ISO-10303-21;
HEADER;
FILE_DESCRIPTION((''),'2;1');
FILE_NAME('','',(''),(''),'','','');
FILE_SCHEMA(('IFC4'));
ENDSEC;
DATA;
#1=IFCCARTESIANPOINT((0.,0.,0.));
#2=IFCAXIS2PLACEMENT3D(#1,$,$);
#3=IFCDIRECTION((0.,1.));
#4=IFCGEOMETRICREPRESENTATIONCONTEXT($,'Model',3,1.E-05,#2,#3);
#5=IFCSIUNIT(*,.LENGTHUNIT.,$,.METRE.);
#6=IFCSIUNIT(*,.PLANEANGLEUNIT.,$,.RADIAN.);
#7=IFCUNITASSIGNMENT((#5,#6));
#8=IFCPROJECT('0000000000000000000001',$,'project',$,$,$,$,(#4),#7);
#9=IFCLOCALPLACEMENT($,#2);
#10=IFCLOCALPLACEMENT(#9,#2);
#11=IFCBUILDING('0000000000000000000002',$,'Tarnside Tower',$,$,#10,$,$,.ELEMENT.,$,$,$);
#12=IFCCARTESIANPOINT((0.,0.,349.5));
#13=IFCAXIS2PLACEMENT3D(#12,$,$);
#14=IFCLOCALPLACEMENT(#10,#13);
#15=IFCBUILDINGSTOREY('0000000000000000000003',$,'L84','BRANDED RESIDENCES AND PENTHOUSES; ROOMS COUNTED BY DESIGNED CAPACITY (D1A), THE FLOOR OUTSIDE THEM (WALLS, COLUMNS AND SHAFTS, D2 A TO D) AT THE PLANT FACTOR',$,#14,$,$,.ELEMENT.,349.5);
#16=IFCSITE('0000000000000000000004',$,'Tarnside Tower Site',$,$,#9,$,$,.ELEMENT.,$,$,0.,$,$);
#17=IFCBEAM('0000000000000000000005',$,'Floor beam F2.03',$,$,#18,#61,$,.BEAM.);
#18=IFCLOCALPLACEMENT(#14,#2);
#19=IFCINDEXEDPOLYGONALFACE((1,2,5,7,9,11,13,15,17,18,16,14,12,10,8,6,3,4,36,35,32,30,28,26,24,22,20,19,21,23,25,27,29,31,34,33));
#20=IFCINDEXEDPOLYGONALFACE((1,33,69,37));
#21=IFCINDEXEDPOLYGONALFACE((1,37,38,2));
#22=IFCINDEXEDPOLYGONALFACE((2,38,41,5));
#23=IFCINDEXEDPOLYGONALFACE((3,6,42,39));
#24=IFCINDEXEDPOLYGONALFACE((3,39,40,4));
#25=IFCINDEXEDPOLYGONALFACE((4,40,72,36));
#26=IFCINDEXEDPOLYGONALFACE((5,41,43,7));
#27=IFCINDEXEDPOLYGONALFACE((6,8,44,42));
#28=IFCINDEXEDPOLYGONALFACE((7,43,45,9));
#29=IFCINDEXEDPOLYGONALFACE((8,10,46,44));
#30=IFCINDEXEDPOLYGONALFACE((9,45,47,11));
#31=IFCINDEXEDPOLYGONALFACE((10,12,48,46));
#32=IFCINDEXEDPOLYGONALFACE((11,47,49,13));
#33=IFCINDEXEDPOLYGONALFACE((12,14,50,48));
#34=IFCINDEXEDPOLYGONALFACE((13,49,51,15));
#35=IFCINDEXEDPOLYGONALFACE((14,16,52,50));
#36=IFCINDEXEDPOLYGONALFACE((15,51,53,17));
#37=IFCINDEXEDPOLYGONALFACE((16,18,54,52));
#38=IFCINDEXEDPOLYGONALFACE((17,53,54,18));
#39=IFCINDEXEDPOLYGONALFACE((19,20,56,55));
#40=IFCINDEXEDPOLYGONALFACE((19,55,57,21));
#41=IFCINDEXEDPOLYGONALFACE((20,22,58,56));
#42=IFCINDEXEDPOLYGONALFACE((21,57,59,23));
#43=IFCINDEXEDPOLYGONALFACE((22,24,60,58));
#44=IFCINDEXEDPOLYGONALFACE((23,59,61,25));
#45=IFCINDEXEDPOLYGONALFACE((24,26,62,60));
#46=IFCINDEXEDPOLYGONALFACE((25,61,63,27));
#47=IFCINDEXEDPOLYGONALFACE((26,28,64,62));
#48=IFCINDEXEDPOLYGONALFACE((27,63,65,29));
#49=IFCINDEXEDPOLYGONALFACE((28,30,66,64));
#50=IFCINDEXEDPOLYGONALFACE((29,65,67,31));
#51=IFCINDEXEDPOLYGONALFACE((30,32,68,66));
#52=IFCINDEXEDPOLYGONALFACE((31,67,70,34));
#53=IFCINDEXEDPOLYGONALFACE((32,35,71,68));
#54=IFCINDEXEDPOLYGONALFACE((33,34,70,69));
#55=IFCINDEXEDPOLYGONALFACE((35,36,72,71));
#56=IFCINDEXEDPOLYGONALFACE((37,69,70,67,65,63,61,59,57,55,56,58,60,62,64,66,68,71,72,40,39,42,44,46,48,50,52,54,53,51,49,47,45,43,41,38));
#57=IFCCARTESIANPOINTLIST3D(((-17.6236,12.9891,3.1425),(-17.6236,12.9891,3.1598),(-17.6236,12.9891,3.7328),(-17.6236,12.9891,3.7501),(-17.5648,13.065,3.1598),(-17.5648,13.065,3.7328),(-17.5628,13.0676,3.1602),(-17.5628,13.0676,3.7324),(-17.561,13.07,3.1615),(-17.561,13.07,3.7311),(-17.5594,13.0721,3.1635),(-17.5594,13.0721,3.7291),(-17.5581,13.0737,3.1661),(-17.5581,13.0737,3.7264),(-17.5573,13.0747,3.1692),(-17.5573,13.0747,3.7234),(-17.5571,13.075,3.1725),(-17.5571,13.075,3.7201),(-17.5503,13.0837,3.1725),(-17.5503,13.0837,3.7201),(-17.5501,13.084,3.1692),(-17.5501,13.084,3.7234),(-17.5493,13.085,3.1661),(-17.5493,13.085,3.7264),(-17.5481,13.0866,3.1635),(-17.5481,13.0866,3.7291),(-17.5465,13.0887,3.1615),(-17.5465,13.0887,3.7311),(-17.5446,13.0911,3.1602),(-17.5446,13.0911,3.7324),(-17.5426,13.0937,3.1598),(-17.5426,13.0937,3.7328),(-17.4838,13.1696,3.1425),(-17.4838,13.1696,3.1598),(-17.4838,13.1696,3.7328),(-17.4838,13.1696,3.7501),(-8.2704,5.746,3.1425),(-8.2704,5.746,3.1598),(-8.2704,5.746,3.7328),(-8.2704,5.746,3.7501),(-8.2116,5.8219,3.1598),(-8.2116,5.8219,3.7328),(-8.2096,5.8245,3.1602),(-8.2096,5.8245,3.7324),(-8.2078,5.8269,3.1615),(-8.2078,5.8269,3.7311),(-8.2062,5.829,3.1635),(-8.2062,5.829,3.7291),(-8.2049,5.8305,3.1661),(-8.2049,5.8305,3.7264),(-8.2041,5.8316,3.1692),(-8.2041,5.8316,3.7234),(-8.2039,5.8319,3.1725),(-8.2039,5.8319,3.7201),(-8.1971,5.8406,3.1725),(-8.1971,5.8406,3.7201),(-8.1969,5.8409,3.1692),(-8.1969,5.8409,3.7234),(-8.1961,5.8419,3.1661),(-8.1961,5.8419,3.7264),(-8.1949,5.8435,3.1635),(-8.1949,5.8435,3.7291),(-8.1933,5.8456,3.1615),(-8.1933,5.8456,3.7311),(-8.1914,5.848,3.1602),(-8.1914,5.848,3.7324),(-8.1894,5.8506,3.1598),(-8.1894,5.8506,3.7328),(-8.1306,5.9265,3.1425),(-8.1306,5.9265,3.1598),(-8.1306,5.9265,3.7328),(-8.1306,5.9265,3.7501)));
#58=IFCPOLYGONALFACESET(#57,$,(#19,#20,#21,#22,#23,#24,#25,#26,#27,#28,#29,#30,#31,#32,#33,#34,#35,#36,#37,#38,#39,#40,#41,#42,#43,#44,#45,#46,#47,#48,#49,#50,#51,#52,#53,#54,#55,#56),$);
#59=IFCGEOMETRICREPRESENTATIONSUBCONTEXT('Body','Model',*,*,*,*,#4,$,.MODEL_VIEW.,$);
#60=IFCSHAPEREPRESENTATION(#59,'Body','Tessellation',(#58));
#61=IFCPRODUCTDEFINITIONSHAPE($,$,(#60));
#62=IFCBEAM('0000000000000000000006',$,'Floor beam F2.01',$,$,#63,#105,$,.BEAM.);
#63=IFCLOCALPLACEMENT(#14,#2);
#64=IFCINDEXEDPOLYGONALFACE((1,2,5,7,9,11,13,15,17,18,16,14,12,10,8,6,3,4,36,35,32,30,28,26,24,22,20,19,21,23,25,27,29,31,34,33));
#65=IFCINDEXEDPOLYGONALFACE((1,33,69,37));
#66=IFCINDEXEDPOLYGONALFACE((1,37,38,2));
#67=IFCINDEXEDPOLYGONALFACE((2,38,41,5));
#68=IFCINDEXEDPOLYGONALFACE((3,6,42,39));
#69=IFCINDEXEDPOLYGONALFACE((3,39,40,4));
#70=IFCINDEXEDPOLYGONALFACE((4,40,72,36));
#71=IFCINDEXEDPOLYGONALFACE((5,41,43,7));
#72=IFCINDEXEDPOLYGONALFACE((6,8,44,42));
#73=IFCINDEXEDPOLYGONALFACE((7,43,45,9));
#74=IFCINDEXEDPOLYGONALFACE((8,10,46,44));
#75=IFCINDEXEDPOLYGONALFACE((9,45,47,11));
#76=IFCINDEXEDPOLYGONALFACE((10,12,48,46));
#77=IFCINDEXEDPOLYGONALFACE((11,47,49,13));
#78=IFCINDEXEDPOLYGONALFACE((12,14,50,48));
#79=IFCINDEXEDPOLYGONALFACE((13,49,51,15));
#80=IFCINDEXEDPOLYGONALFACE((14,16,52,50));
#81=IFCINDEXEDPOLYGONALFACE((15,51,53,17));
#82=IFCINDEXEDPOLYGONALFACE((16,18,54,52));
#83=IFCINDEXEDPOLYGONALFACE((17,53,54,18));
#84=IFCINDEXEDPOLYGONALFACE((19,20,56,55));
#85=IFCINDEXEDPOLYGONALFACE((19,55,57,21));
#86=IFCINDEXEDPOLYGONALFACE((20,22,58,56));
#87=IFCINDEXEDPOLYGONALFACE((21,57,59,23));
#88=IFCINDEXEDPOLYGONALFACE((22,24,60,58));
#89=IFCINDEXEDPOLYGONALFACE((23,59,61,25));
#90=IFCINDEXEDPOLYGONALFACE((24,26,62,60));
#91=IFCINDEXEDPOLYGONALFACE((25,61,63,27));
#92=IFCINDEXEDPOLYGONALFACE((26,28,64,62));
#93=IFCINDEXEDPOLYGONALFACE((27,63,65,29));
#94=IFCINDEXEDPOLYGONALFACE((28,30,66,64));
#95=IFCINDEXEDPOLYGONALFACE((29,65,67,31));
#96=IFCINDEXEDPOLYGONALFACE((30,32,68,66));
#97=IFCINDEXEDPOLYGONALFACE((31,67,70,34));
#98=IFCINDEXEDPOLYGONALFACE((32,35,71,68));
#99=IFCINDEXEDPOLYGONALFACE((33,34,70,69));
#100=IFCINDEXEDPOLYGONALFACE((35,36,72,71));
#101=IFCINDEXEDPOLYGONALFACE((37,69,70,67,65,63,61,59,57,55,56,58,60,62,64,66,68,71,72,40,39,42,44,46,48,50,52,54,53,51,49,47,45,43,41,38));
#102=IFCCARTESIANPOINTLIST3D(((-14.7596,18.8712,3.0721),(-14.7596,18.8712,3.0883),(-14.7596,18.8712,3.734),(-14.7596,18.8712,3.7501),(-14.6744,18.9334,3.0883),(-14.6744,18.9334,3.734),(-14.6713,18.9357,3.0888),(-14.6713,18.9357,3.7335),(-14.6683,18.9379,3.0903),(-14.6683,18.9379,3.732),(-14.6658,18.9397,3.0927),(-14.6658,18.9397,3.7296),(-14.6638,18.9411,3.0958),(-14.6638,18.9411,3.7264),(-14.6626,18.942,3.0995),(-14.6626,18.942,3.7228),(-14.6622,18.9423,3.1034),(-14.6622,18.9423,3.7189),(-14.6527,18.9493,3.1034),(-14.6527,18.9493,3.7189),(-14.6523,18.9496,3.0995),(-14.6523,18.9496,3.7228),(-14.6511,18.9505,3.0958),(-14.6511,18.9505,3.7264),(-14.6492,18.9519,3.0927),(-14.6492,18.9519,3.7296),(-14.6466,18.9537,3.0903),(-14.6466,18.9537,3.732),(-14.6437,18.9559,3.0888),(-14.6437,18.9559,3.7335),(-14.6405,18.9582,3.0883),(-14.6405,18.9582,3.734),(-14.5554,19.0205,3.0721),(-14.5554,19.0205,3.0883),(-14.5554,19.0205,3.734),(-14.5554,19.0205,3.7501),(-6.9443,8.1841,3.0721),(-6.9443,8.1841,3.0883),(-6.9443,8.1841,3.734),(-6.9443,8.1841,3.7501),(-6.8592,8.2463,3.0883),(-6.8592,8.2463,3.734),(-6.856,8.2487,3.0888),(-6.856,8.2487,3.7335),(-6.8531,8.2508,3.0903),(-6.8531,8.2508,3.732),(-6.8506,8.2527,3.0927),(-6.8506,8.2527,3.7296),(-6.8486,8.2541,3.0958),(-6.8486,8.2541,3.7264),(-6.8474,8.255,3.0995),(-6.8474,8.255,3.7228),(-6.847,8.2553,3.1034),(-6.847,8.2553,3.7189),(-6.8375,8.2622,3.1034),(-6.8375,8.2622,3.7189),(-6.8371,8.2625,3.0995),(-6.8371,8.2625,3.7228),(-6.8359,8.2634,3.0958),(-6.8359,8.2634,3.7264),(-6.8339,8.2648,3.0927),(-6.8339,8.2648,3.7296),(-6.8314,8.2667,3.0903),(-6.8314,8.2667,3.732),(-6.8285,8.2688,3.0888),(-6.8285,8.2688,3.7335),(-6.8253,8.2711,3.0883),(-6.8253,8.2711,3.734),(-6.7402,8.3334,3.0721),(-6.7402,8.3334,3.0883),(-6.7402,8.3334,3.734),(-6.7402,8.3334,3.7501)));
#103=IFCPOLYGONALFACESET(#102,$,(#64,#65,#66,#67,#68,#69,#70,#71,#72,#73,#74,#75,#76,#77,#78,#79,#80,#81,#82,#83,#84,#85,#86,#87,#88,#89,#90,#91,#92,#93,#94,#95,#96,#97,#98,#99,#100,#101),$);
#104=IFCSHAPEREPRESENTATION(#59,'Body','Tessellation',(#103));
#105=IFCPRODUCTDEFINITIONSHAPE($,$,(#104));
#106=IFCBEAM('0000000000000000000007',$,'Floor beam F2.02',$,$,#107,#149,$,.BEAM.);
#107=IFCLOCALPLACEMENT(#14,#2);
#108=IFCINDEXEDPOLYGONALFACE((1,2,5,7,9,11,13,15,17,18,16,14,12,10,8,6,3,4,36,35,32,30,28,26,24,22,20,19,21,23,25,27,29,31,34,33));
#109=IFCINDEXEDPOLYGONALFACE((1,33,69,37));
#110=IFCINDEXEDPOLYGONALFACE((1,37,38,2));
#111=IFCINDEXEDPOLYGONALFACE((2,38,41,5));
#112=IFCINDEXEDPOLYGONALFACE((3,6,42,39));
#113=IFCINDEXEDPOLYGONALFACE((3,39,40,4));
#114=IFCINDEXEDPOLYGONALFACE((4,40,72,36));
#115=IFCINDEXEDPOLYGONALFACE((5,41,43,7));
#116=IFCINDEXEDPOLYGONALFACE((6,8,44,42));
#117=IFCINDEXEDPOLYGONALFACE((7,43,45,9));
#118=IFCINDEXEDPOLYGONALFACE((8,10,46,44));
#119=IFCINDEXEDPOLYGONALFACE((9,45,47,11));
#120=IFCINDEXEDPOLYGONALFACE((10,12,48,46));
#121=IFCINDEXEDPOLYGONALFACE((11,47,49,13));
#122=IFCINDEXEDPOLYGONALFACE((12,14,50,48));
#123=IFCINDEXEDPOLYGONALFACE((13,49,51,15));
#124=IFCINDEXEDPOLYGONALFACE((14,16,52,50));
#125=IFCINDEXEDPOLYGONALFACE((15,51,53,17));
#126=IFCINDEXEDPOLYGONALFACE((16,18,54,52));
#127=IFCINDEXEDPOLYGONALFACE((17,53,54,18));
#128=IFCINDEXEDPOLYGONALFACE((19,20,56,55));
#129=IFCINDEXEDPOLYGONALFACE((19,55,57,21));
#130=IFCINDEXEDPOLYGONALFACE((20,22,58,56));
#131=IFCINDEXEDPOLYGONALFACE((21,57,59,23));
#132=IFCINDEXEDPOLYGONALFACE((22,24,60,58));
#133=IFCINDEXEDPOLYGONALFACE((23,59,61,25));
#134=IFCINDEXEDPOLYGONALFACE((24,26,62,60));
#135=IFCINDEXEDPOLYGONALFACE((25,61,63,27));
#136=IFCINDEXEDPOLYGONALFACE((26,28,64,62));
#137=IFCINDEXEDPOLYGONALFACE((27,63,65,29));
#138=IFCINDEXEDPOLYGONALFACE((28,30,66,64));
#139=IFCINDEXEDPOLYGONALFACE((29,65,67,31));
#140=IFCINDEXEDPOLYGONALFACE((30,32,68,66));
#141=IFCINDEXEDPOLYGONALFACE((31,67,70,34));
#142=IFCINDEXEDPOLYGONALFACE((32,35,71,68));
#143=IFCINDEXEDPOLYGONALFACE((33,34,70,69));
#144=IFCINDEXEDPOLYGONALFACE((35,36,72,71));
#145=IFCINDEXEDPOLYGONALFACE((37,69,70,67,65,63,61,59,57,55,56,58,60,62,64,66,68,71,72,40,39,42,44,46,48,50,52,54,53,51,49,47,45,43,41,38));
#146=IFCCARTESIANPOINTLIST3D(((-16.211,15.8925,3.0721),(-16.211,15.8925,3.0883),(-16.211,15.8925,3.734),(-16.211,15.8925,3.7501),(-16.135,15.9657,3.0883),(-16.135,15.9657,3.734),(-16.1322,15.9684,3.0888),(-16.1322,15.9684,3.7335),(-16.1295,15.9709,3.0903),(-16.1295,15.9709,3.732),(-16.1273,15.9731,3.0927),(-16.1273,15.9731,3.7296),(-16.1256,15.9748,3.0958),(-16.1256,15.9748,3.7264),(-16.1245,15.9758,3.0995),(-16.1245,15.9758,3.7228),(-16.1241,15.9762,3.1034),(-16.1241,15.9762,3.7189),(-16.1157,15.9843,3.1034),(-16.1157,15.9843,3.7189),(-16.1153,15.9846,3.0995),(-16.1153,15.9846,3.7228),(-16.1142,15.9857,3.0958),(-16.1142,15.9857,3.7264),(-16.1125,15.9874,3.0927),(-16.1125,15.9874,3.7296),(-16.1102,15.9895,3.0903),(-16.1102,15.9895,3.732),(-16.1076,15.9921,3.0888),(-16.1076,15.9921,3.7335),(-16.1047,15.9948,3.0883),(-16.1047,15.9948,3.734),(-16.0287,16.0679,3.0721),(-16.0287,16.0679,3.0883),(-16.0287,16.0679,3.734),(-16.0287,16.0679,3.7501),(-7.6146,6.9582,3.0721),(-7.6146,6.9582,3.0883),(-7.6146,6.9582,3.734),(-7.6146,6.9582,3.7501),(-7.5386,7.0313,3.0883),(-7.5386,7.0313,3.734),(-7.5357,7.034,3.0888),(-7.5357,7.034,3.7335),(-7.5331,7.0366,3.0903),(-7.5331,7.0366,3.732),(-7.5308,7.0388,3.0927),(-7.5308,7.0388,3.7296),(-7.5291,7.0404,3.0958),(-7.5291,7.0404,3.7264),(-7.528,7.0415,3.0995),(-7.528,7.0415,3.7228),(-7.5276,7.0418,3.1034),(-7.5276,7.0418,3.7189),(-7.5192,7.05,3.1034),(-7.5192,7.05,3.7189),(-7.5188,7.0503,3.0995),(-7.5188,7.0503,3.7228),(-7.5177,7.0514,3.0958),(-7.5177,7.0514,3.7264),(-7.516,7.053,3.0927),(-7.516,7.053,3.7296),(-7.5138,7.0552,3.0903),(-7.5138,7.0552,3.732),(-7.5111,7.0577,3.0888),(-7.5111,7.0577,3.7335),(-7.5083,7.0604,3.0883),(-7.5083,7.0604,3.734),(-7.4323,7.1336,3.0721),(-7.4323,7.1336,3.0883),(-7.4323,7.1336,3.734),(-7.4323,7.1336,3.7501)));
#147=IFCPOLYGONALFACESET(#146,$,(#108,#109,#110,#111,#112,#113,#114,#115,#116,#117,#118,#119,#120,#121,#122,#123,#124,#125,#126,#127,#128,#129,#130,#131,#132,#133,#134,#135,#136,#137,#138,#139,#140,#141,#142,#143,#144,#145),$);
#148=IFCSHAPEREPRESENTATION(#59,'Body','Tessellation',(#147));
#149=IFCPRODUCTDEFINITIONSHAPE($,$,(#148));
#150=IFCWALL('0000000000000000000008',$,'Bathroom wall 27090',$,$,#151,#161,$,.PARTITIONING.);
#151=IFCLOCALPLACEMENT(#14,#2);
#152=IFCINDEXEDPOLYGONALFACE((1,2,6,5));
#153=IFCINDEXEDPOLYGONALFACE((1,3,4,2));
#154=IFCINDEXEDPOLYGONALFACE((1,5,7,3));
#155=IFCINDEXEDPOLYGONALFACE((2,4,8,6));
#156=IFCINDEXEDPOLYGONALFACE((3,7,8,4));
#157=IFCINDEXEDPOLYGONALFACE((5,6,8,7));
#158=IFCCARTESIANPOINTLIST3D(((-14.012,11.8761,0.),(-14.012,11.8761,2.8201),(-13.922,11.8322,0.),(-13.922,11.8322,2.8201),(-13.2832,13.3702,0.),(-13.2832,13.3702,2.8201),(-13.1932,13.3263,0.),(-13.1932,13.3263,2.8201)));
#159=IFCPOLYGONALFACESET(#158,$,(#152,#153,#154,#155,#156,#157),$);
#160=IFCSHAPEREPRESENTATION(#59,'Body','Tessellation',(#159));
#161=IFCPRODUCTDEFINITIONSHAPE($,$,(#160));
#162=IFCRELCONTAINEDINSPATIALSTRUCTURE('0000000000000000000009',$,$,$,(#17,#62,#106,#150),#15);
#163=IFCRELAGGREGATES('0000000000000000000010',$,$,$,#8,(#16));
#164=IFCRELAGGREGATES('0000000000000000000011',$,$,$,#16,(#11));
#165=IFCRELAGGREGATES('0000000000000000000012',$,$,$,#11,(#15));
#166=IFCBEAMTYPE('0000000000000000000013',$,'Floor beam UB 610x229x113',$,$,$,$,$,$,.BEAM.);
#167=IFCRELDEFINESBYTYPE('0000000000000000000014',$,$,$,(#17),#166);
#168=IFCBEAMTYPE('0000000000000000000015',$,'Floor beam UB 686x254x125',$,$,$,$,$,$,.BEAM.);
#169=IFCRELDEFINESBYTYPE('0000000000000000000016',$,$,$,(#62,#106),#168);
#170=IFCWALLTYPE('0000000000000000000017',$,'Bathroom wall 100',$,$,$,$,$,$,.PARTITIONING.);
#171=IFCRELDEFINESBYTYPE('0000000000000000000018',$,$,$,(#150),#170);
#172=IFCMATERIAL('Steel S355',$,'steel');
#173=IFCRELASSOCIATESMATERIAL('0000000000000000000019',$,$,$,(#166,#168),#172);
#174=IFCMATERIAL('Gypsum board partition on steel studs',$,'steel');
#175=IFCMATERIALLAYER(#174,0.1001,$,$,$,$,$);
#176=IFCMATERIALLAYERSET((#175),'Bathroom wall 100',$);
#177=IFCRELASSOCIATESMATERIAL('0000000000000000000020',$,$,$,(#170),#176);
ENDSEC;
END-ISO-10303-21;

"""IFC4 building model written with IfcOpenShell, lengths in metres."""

from ifc_helpers import new_model, si_unit, direction, frame, frame_2d, origin, origin_2d, place, context, subcontext, project, spatial, rectangle, i_section, extrude, material, layer, layer_set, material_profile, profile_set, type_object, element, save


model = new_model("IFC4")

# Units and contexts
model_context = context("Model", 3, precision=1e-05, world=origin(), true_north=direction((0.0, 1.0)))
body_context = subcontext(model_context, "Body", "Model", "MODEL_VIEW")
ifc_project = project(units=[si_unit("LENGTHUNIT", "METRE"), si_unit("PLANEANGLEUNIT", "RADIAN")], contexts=[model_context])

# Site, building, storey
site_placement = place(None, origin())
site = spatial("IfcSite", under=ifc_project, at=site_placement, Name="Tarnside Tower Site", CompositionType="ELEMENT", RefElevation=0.0)
building_placement = place(site_placement, origin())
building = spatial("IfcBuilding", under=site, at=building_placement, Name="Tarnside Tower", CompositionType="ELEMENT")
storey_placement = place(building_placement, frame((0.0, 0.0, 349.5)))
storey = spatial("IfcBuildingStorey", under=building, at=storey_placement, Name="L84", Description="BRANDED RESIDENCES AND PENTHOUSES; ROOMS COUNTED BY DESIGNED CAPACITY (D1A), THE FLOOR OUTSIDE THEM (WALLS, COLUMNS AND SHAFTS, D2 A TO D) AT THE PLANT FACTOR", CompositionType="ELEMENT", Elevation=349.5)

# Beams
ifc_material_1 = material(Name="Steel S355", Category="steel")
ifc_material_profile_1 = material_profile(ifc_material_1, i_section(OverallWidth=0.2283, OverallDepth=0.6077, WebThickness=0.011, FlangeThickness=0.0173, FilletRadius=0.0127, at=origin_2d()), Name="UB 610x229x113")
ifc_profile_set_1 = profile_set([ifc_material_profile_1], Name="Steel S355")
beam_type_1 = type_object("IfcBeamType", Name="Floor beam UB 610x229x113", PredefinedType="BEAM", material=ifc_profile_set_1)
beam_1_placement = place(storey_placement, frame((-17.5537, 13.0793, 3.4463), z_axis=(0.790645, -0.612275, 0.0), x_axis=(0.612275, 0.790645, 0.0)))
element("IfcBeam", 1, at=beam_1_placement, inside=storey, type_object=beam_type_1, Name="Floor beam F2.03", PredefinedType="BEAM", context=body_context, shape_type="SweptSolid", body=[
    extrude(i_section(OverallWidth=0.2283, OverallDepth=0.6077, WebThickness=0.011, FlangeThickness=0.0173, FilletRadius=0.0127, at=origin_2d()), origin(), (0.0, 0.0, 1.0), 11.8298),
])
ifc_material_profile_2 = material_profile(ifc_material_1, i_section(OverallWidth=0.2529, OverallDepth=0.678, WebThickness=0.0117, FlangeThickness=0.0161, FilletRadius=0.0151, at=origin_2d()), Name="UB 686x254x125")
ifc_profile_set_2 = profile_set([ifc_material_profile_2], Name="Steel S355")
beam_type_2 = type_object("IfcBeamType", Name="Floor beam UB 686x254x125", PredefinedType="BEAM", material=ifc_profile_set_2)
beam_2_placement = place(storey_placement, frame((-14.6575, 18.9458, 3.4111), z_axis=(0.590285, -0.807195, 0.0), x_axis=(0.807195, 0.590285, 0.0)))
element("IfcBeam", 2, at=beam_2_placement, inside=storey, type_object=beam_type_2, Name="Floor beam F2.01", PredefinedType="BEAM", context=body_context, shape_type="SweptSolid", body=[
    extrude(i_section(OverallWidth=0.2529, OverallDepth=0.678, WebThickness=0.0117, FlangeThickness=0.0161, FilletRadius=0.0151, at=origin_2d()), origin(), (0.0, 0.0, 1.0), 13.2397),
])
beam_3_placement = place(storey_placement, frame((-16.1199, 15.9802, 3.4111), z_axis=(0.693349, -0.720602, 0.0), x_axis=(0.720602, 0.693349, 0.0)))
element("IfcBeam", 3, at=beam_3_placement, inside=storey, type_object=beam_type_2, Name="Floor beam F2.02", PredefinedType="BEAM", context=body_context, shape_type="SweptSolid", body=[
    extrude(i_section(OverallWidth=0.2529, OverallDepth=0.678, WebThickness=0.0117, FlangeThickness=0.0161, FilletRadius=0.0151, at=origin_2d()), origin(), (0.0, 0.0, 1.0), 12.3984),
])

# Wall
ifc_material_2 = material(Name="Gypsum board partition on steel studs", Category="steel")
ifc_layer_1 = layer(ifc_material_2, 0.1001)
ifc_layer_set_1 = layer_set([ifc_layer_1], Name="Bathroom wall 100")
wall_type_1 = type_object("IfcWallType", Name="Bathroom wall 100", PredefinedType="PARTITIONING", material=ifc_layer_set_1)
wall_1_placement = place(storey_placement, frame((-13.2383, 13.3481, 0.0), z_axis=(0.0, 0.0, 1.0), x_axis=(-0.43838, -0.89879, 0.0)))
element("IfcWall", 4, at=wall_1_placement, inside=storey, type_object=wall_type_1, Name="Bathroom wall 27090", PredefinedType="PARTITIONING", context=body_context, shape_type="SweptSolid", body=[
    extrude(rectangle(XDim=1.6624, YDim=0.1001, at=frame_2d((0.8311, 0.0))), origin(), (0.0, 0.0, 1.0), 2.8201),
])

save(model, "model.ifc")
